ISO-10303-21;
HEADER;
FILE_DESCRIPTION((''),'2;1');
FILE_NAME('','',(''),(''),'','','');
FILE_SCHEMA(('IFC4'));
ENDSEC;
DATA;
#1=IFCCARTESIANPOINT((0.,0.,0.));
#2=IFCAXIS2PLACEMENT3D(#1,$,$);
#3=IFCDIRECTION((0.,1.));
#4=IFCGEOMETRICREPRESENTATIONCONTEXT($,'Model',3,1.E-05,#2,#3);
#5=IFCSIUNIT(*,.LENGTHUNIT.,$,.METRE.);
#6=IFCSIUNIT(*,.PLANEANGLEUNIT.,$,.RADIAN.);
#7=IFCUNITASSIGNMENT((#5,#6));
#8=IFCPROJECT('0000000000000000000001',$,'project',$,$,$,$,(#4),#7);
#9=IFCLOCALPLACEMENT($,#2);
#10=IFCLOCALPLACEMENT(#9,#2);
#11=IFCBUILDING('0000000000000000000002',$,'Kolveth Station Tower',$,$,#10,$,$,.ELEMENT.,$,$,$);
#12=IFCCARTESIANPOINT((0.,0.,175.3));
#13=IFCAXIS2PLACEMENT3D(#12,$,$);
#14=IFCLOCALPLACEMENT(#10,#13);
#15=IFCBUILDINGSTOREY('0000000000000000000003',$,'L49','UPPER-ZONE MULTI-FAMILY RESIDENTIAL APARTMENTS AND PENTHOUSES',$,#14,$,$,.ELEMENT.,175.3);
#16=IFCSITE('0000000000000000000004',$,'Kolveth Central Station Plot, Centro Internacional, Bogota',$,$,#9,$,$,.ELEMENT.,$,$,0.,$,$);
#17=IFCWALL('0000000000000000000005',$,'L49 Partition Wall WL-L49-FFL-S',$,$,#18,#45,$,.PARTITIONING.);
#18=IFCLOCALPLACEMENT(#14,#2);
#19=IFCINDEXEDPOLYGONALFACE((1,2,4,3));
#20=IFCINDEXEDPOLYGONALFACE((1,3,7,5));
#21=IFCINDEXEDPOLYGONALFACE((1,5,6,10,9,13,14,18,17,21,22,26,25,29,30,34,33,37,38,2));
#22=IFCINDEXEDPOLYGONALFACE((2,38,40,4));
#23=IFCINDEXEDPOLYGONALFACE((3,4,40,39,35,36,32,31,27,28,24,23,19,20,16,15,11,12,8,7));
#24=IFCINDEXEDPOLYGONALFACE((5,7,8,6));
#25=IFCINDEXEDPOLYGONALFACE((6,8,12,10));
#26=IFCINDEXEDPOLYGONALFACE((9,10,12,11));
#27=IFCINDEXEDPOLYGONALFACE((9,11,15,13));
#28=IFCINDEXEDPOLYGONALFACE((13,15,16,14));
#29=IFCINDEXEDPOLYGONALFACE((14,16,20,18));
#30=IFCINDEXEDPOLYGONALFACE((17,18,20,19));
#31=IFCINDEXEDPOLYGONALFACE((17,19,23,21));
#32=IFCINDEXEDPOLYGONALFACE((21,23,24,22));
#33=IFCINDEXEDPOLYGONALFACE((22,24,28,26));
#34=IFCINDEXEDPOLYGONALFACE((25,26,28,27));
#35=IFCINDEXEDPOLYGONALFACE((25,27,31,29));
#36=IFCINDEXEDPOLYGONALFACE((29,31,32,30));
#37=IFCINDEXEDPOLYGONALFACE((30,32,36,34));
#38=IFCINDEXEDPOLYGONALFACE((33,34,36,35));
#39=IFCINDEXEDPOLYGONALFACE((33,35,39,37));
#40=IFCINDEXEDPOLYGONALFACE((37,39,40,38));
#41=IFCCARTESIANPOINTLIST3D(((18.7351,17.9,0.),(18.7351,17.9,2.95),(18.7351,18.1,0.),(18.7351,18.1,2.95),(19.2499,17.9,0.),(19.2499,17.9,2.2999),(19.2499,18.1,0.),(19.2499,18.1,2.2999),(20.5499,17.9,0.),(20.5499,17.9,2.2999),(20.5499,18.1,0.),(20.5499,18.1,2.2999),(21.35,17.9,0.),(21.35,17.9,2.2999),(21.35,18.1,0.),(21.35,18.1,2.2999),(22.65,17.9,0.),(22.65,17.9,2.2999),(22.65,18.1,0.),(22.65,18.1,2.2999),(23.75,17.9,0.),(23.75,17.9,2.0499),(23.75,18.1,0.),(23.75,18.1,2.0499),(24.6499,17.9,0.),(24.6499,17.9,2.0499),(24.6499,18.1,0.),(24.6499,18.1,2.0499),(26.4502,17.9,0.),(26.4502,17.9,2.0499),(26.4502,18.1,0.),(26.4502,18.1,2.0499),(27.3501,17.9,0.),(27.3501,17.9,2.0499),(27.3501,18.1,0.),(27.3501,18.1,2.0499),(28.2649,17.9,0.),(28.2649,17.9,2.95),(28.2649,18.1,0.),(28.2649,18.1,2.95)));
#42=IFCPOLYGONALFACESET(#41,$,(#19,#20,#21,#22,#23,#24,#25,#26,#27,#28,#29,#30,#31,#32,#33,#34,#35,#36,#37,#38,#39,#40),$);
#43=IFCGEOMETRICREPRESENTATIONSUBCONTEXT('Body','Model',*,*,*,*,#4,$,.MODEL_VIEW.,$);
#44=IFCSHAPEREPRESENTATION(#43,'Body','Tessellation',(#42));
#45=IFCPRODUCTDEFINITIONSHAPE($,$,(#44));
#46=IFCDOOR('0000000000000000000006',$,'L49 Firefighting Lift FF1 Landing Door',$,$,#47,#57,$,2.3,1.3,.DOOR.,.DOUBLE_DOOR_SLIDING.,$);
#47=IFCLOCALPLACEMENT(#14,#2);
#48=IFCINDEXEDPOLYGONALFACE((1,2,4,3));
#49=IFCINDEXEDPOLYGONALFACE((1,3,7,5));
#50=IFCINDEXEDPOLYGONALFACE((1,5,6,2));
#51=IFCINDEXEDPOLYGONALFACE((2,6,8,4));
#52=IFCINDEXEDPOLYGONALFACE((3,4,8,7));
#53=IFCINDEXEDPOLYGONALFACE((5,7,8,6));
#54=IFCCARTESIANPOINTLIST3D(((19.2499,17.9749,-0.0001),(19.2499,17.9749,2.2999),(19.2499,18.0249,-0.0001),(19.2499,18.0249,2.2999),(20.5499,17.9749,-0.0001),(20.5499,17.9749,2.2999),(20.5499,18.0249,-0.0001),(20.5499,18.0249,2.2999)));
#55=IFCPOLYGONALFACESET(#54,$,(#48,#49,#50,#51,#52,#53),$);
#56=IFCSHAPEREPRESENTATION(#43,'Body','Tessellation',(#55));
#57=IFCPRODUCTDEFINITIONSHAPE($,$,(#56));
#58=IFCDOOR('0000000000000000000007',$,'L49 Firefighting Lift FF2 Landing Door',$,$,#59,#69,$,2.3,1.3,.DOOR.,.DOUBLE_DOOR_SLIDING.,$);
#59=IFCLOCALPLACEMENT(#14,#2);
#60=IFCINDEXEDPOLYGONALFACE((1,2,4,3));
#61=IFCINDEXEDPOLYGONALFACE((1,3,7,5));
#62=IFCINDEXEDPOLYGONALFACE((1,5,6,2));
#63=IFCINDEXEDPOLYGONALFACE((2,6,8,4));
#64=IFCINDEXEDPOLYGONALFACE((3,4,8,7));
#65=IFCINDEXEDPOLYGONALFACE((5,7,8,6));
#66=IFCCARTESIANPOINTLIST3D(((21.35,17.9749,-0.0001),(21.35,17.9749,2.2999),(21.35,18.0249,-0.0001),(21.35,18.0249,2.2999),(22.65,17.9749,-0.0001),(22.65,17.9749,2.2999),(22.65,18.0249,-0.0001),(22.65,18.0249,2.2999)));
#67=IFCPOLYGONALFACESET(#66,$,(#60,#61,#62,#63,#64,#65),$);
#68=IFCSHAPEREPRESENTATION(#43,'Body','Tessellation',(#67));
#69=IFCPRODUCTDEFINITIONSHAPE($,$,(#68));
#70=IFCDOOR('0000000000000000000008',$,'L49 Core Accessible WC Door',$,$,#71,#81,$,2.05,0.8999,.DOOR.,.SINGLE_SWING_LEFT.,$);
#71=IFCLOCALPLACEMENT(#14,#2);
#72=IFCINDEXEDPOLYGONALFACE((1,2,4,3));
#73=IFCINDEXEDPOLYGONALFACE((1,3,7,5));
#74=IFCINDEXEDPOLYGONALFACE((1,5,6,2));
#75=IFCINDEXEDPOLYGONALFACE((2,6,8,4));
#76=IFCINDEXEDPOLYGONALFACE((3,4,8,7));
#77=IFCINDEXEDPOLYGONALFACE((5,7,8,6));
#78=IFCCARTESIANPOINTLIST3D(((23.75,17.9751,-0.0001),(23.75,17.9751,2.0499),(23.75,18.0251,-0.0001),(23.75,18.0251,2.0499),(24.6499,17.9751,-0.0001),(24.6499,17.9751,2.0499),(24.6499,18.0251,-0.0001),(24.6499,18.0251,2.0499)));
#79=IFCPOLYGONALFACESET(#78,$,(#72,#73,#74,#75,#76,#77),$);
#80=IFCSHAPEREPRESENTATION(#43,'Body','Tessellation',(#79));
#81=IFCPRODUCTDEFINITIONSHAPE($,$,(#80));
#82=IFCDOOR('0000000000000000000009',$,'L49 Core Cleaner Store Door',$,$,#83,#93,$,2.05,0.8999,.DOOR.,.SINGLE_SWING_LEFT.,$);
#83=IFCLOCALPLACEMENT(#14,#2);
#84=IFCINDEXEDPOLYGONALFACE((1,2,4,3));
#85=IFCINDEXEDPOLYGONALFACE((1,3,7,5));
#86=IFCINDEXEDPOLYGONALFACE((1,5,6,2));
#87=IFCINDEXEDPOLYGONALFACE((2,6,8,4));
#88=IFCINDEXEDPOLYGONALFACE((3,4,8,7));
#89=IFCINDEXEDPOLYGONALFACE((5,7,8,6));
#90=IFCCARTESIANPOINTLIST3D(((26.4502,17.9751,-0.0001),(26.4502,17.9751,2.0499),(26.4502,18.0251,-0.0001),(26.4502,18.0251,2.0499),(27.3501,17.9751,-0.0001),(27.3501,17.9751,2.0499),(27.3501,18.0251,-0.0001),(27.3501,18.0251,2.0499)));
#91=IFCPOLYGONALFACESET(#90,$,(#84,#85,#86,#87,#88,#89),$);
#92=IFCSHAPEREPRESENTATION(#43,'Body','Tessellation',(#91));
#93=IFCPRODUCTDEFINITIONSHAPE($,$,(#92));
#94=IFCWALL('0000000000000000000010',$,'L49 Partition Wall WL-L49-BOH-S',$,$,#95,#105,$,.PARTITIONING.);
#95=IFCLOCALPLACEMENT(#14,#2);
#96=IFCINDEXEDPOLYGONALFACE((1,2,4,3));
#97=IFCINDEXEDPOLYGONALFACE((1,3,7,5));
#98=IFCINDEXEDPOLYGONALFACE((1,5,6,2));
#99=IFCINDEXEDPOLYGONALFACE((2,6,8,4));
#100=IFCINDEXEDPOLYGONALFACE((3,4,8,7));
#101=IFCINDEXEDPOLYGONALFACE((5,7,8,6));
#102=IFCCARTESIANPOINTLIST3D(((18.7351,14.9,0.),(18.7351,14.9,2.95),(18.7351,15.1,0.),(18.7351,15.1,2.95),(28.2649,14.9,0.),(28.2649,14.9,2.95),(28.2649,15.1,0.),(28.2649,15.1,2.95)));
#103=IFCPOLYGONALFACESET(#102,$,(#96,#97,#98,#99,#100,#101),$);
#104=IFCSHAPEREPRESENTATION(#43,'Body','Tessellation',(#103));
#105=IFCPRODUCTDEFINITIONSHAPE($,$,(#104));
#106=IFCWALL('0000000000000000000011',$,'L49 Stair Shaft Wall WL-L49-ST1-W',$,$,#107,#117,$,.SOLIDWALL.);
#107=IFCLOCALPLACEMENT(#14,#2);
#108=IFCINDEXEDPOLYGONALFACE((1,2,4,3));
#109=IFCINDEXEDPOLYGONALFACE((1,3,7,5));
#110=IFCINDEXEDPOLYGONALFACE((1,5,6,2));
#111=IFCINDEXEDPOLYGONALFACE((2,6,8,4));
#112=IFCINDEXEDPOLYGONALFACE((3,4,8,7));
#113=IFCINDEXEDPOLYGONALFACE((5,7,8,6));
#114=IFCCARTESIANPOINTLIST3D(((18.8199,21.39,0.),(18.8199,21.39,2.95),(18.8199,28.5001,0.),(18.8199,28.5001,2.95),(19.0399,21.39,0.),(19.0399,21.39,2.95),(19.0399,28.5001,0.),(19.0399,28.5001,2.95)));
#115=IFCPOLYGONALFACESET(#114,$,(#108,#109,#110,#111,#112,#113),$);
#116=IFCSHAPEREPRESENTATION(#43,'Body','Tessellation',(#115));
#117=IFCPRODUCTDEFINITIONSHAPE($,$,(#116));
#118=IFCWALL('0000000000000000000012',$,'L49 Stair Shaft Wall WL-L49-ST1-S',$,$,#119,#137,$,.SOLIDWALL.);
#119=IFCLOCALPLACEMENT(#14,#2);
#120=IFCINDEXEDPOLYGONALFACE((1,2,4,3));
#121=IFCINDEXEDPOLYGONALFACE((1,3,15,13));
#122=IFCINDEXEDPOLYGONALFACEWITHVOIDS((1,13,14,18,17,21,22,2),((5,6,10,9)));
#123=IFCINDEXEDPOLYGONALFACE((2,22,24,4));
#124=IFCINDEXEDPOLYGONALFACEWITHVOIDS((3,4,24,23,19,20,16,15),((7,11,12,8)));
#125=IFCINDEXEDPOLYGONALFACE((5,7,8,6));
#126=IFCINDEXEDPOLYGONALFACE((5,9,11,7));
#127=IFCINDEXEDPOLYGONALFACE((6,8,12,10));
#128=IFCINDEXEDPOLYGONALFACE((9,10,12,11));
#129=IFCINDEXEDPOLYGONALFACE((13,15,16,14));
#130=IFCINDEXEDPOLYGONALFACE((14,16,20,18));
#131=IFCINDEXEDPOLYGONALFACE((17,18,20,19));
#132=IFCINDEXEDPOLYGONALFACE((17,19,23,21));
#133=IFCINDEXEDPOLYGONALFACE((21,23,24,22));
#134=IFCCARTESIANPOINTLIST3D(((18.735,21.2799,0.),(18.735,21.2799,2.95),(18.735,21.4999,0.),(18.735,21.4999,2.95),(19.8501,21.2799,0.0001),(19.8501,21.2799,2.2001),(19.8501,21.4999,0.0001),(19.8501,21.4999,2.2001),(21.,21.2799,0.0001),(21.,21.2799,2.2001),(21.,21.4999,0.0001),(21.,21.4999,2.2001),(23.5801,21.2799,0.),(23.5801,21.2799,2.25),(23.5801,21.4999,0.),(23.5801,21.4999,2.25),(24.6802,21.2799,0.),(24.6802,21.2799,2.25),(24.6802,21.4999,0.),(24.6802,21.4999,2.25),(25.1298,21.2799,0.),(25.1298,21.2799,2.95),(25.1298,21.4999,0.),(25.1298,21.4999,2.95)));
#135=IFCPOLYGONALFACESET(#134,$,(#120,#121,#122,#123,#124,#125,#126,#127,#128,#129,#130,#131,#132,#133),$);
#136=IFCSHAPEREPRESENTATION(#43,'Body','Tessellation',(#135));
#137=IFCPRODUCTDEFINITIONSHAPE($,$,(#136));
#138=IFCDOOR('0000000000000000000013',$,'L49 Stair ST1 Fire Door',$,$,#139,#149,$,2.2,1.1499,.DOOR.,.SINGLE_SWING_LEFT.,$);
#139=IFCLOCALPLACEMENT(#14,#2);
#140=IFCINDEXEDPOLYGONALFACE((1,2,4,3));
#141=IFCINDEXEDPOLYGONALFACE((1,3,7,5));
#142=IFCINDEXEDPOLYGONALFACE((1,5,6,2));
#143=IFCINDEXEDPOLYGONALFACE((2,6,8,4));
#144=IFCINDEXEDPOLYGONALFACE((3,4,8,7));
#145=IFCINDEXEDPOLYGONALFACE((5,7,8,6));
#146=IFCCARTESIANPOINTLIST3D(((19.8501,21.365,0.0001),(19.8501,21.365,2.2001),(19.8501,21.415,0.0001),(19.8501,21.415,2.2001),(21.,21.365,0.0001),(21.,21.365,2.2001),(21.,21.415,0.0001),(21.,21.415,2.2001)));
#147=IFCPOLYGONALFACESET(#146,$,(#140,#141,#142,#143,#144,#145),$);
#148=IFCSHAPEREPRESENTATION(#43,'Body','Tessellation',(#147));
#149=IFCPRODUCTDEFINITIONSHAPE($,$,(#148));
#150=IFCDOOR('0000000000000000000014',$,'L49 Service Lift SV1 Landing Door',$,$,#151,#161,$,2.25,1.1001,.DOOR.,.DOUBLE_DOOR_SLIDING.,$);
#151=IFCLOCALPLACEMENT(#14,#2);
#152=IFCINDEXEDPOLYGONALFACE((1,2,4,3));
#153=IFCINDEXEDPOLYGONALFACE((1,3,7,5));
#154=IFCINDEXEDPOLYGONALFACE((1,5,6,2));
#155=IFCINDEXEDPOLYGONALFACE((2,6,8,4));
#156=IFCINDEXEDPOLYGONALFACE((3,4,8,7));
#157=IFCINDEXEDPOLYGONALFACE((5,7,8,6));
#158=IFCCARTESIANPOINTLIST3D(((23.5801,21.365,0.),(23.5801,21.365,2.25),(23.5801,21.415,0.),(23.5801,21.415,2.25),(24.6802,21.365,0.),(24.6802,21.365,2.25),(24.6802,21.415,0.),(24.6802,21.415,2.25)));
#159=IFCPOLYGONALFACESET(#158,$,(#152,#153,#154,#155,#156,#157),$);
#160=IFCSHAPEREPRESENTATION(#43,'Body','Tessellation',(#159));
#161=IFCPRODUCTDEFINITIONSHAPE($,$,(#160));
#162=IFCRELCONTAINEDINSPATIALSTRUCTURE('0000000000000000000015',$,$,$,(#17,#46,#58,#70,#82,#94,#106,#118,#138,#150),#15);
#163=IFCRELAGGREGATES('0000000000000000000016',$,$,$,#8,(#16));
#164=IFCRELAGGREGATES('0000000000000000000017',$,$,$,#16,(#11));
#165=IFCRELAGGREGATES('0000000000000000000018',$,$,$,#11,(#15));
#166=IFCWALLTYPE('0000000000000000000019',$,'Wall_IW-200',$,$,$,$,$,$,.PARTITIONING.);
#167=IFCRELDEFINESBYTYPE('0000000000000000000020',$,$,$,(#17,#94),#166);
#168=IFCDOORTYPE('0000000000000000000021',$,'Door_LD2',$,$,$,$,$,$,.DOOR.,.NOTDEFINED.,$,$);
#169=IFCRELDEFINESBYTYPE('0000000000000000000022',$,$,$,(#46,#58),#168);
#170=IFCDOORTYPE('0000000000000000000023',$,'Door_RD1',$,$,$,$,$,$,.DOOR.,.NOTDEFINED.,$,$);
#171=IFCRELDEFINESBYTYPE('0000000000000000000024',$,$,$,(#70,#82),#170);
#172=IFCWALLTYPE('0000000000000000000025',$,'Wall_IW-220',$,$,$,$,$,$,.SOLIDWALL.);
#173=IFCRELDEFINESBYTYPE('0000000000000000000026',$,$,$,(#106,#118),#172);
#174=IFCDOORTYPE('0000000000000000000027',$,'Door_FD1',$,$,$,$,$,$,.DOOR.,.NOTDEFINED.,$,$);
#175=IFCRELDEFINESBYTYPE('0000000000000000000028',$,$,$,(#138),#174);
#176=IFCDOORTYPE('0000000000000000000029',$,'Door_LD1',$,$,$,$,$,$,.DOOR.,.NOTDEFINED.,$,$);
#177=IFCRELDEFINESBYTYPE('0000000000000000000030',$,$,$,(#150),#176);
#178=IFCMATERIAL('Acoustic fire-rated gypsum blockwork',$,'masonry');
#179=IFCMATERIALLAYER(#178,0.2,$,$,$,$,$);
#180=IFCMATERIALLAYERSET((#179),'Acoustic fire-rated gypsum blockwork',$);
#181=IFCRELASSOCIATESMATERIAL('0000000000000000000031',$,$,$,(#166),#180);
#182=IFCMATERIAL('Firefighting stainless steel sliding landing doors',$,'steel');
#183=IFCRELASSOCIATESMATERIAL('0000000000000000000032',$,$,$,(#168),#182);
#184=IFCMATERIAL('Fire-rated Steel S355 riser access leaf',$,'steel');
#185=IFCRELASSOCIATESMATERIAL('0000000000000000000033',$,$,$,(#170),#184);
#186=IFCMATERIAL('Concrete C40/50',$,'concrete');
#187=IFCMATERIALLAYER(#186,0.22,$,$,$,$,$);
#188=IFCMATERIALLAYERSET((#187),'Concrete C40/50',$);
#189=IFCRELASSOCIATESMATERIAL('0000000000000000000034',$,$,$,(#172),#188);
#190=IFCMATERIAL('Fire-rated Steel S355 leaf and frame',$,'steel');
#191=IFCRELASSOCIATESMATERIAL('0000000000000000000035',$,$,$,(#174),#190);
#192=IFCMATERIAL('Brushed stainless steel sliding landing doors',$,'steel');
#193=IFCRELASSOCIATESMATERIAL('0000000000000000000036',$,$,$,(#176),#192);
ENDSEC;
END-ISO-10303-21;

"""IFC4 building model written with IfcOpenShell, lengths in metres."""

from ifc_helpers import new_model, si_unit, direction, frame, frame_2d, origin, place, context, subcontext, project, spatial, rectangle, extrude, material, layer, layer_set, type_object, element, fill, save


model = new_model("IFC4")

# Units and contexts
model_context = context("Model", 3, precision=1e-05, world=origin(), true_north=direction((0.0, 1.0)))
body_context = subcontext(model_context, "Body", "Model", "MODEL_VIEW")
ifc_project = project(units=[si_unit("LENGTHUNIT", "METRE"), si_unit("PLANEANGLEUNIT", "RADIAN")], contexts=[model_context])

# Site, building, storey
site_placement = place(None, origin())
site = spatial("IfcSite", under=ifc_project, at=site_placement, Name="Kolveth Central Station Plot, Centro Internacional, Bogota", CompositionType="ELEMENT", RefElevation=0.0)
building_placement = place(site_placement, origin())
building = spatial("IfcBuilding", under=site, at=building_placement, Name="Kolveth Station Tower", CompositionType="ELEMENT")
storey_placement = place(building_placement, frame((0.0, 0.0, 175.3)))
storey = spatial("IfcBuildingStorey", under=building, at=storey_placement, Name="L49", Description="UPPER-ZONE MULTI-FAMILY RESIDENTIAL APARTMENTS AND PENTHOUSES", CompositionType="ELEMENT", Elevation=175.3)

# Wall, openings, doors
ifc_material_1 = material(Name="Acoustic fire-rated gypsum blockwork", Category="masonry")
ifc_layer_1 = layer(ifc_material_1, 0.2)
ifc_layer_set_1 = layer_set([ifc_layer_1], Name="Acoustic fire-rated gypsum blockwork")
wall_type_1 = type_object("IfcWallType", Name="Wall_IW-200", PredefinedType="PARTITIONING", material=ifc_layer_set_1)
wall_1_placement = place(storey_placement, frame((18.7351, 18.0, 0.0), z_axis=(0.0, 0.0, 1.0), x_axis=(1.0, 0.0, 0.0)))
wall_1 = element("IfcWall", 1, at=wall_1_placement, inside=storey, type_object=wall_type_1, Name="L49 Partition Wall WL-L49-FFL-S", PredefinedType="PARTITIONING", context=body_context, shape_type="SweptSolid", body=[
    extrude(rectangle(XDim=9.5298, YDim=0.2, at=frame_2d((4.7649, 0.0))), origin(), (0.0, 0.0, 1.0), 2.95),
])
opening_1_placement = place(wall_1_placement, frame((0.5149, 0.0, 0.0)))
opening_1 = element("IfcOpeningElement", 2, at=opening_1_placement, cuts=wall_1, PredefinedType="OPENING", context=body_context, shape_type="SweptSolid", body=[
    extrude(rectangle(XDim=1.3, YDim=2.3, at=frame_2d((0.6499, 1.1499))), frame((0.0, 0.1099, 0.0), z_axis=(0.0, -1.0, 0.0), x_axis=(1.0, 0.0, 0.0)), (0.0, 0.0, 1.0), 0.22),
])
opening_2_placement = place(wall_1_placement, frame((2.615, 0.0, 0.0)))
opening_2 = element("IfcOpeningElement", 3, at=opening_2_placement, cuts=wall_1, PredefinedType="OPENING", context=body_context, shape_type="SweptSolid", body=[
    extrude(rectangle(XDim=1.3, YDim=2.3, at=frame_2d((0.6499, 1.1499))), frame((0.0, 0.1099, 0.0), z_axis=(0.0, -1.0, 0.0), x_axis=(1.0, 0.0, 0.0)), (0.0, 0.0, 1.0), 0.22),
])
opening_3_placement = place(wall_1_placement, frame((5.0149, 0.0, 0.0)))
opening_3 = element("IfcOpeningElement", 4, at=opening_3_placement, cuts=wall_1, PredefinedType="OPENING", context=body_context, shape_type="SweptSolid", body=[
    extrude(rectangle(XDim=0.8999, YDim=2.05, at=frame_2d((0.45, 1.0249))), frame((0.0, 0.1099, 0.0), z_axis=(0.0, -1.0, 0.0), x_axis=(1.0, 0.0, 0.0)), (0.0, 0.0, 1.0), 0.22),
])
opening_4_placement = place(wall_1_placement, frame((7.7151, 0.0, 0.0)))
opening_4 = element("IfcOpeningElement", 5, at=opening_4_placement, cuts=wall_1, PredefinedType="OPENING", context=body_context, shape_type="SweptSolid", body=[
    extrude(rectangle(XDim=0.8999, YDim=2.05, at=frame_2d((0.45, 1.0249))), frame((0.0, 0.1099, 0.0), z_axis=(0.0, -1.0, 0.0), x_axis=(1.0, 0.0, 0.0)), (0.0, 0.0, 1.0), 0.22),
])
ifc_material_2 = material(Name="Firefighting stainless steel sliding landing doors", Category="steel")
door_type_1 = type_object("IfcDoorType", Name="Door_LD2", OperationType="NOTDEFINED", PredefinedType="DOOR", material=ifc_material_2)
door_1_placement = place(opening_1_placement, origin())
door_1 = element("IfcDoor", 6, at=door_1_placement, inside=storey, type_object=door_type_1, Name="L49 Firefighting Lift FF1 Landing Door", OperationType="DOUBLE_DOOR_SLIDING", OverallHeight=2.3, OverallWidth=1.3, PredefinedType="DOOR", context=body_context, shape_type="SweptSolid", body=[
    extrude(rectangle(XDim=1.3, YDim=2.3, at=frame_2d((0.6499, 1.1499))), frame((0.0, 0.0249, 0.0), z_axis=(0.0, -1.0, 0.0), x_axis=(1.0, 0.0, 0.0)), (0.0, 0.0, 1.0), 0.05),
])
fill(opening_1, door_1)
door_2_placement = place(opening_2_placement, origin())
door_2 = element("IfcDoor", 7, at=door_2_placement, inside=storey, type_object=door_type_1, Name="L49 Firefighting Lift FF2 Landing Door", OperationType="DOUBLE_DOOR_SLIDING", OverallHeight=2.3, OverallWidth=1.3, PredefinedType="DOOR", context=body_context, shape_type="SweptSolid", body=[
    extrude(rectangle(XDim=1.3, YDim=2.3, at=frame_2d((0.6499, 1.1499))), frame((0.0, 0.0249, 0.0), z_axis=(0.0, -1.0, 0.0), x_axis=(1.0, 0.0, 0.0)), (0.0, 0.0, 1.0), 0.05),
])
fill(opening_2, door_2)
ifc_material_3 = material(Name="Fire-rated Steel S355 riser access leaf", Category="steel")
door_type_2 = type_object("IfcDoorType", Name="Door_RD1", OperationType="NOTDEFINED", PredefinedType="DOOR", material=ifc_material_3)
door_3_placement = place(opening_3_placement, frame((0.8999, 0.0, 0.0), z_axis=(0.0, 0.0, 1.0), x_axis=(-1.0, 0.0, 0.0)))
door_3 = element("IfcDoor", 8, at=door_3_placement, inside=storey, type_object=door_type_2, Name="L49 Core Accessible WC Door", OperationType="SINGLE_SWING_LEFT", OverallHeight=2.05, OverallWidth=0.8999, PredefinedType="DOOR", context=body_context, shape_type="SweptSolid", body=[
    extrude(rectangle(XDim=0.8999, YDim=2.05, at=frame_2d((0.45, 1.0249))), frame((0.0, 0.0249, 0.0), z_axis=(0.0, -1.0, 0.0), x_axis=(1.0, 0.0, 0.0)), (0.0, 0.0, 1.0), 0.05),
])
fill(opening_3, door_3)
door_4_placement = place(opening_4_placement, frame((0.8999, 0.0, 0.0), z_axis=(0.0, 0.0, 1.0), x_axis=(-1.0, 0.0, 0.0)))
door_4 = element("IfcDoor", 9, at=door_4_placement, inside=storey, type_object=door_type_2, Name="L49 Core Cleaner Store Door", OperationType="SINGLE_SWING_LEFT", OverallHeight=2.05, OverallWidth=0.8999, PredefinedType="DOOR", context=body_context, shape_type="SweptSolid", body=[
    extrude(rectangle(XDim=0.8999, YDim=2.05, at=frame_2d((0.45, 1.0249))), frame((0.0, 0.0249, 0.0), z_axis=(0.0, -1.0, 0.0), x_axis=(1.0, 0.0, 0.0)), (0.0, 0.0, 1.0), 0.05),
])
fill(opening_4, door_4)

# Walls
wall_2_placement = place(storey_placement, frame((18.7351, 15.0, 0.0), z_axis=(0.0, 0.0, 1.0), x_axis=(1.0, 0.0, 0.0)))
element("IfcWall", 10, at=wall_2_placement, inside=storey, type_object=wall_type_1, Name="L49 Partition Wall WL-L49-BOH-S", PredefinedType="PARTITIONING", context=body_context, shape_type="SweptSolid", body=[
    extrude(rectangle(XDim=9.5298, YDim=0.2, at=frame_2d((4.7649, 0.0))), origin(), (0.0, 0.0, 1.0), 2.95),
])
ifc_material_4 = material(Name="Concrete C40/50", Category="concrete")
ifc_layer_2 = layer(ifc_material_4, 0.22)
ifc_layer_set_2 = layer_set([ifc_layer_2], Name="Concrete C40/50")
wall_type_2 = type_object("IfcWallType", Name="Wall_IW-220", PredefinedType="SOLIDWALL", material=ifc_layer_set_2)
wall_3_placement = place(storey_placement, frame((18.9299, 21.3899, 0.0), z_axis=(0.0, 0.0, 1.0), x_axis=(0.0, 1.0, 0.0)))
element("IfcWall", 11, at=wall_3_placement, inside=storey, type_object=wall_type_2, Name="L49 Stair Shaft Wall WL-L49-ST1-W", PredefinedType="SOLIDWALL", context=body_context, shape_type="SweptSolid", body=[
    extrude(rectangle(XDim=7.1101, YDim=0.22, at=frame_2d((3.5552, 0.0))), origin(), (0.0, 0.0, 1.0), 2.95),
])

# Wall, openings, doors
wall_4_placement = place(storey_placement, frame((18.7351, 21.3899, 0.0), z_axis=(0.0, 0.0, 1.0), x_axis=(1.0, 0.0, 0.0)))
wall_4 = element("IfcWall", 12, at=wall_4_placement, inside=storey, type_object=wall_type_2, Name="L49 Stair Shaft Wall WL-L49-ST1-S", PredefinedType="SOLIDWALL", context=body_context, shape_type="SweptSolid", body=[
    extrude(rectangle(XDim=6.3948, YDim=0.22, at=frame_2d((3.1973, 0.0))), origin(), (0.0, 0.0, 1.0), 2.95),
])
opening_5_placement = place(wall_4_placement, frame((1.115, 0.0, 0.0)))
opening_5 = element("IfcOpeningElement", 13, at=opening_5_placement, cuts=wall_4, PredefinedType="OPENING", context=body_context, shape_type="SweptSolid", body=[
    extrude(rectangle(XDim=1.1499, YDim=2.2, at=frame_2d((0.575, 1.1001))), frame((0.0, 0.1199, 0.0), z_axis=(0.0, -1.0, 0.0), x_axis=(1.0, 0.0, 0.0)), (0.0, 0.0, 1.0), 0.24),
])
opening_6_placement = place(wall_4_placement, frame((4.845, 0.0, 0.0)))
opening_6 = element("IfcOpeningElement", 14, at=opening_6_placement, cuts=wall_4, PredefinedType="OPENING", context=body_context, shape_type="SweptSolid", body=[
    extrude(rectangle(XDim=1.1001, YDim=2.25, at=frame_2d((0.55, 1.125))), frame((0.0, 0.1199, 0.0), z_axis=(0.0, -1.0, 0.0), x_axis=(1.0, 0.0, 0.0)), (0.0, 0.0, 1.0), 0.24),
])
ifc_material_5 = material(Name="Fire-rated Steel S355 leaf and frame", Category="steel")
door_type_3 = type_object("IfcDoorType", Name="Door_FD1", OperationType="NOTDEFINED", PredefinedType="DOOR", material=ifc_material_5)
door_5_placement = place(opening_5_placement, frame((1.1499, 0.0, 0.0), z_axis=(0.0, 0.0, 1.0), x_axis=(-1.0, 0.0, 0.0)))
door_5 = element("IfcDoor", 15, at=door_5_placement, inside=storey, type_object=door_type_3, Name="L49 Stair ST1 Fire Door", OperationType="SINGLE_SWING_LEFT", OverallHeight=2.2, OverallWidth=1.1499, PredefinedType="DOOR", context=body_context, shape_type="SweptSolid", body=[
    extrude(rectangle(XDim=1.1499, YDim=2.2, at=frame_2d((0.575, 1.1001))), frame((0.0, 0.0249, 0.0), z_axis=(0.0, -1.0, 0.0), x_axis=(1.0, 0.0, 0.0)), (0.0, 0.0, 1.0), 0.05),
])
fill(opening_5, door_5)
ifc_material_6 = material(Name="Brushed stainless steel sliding landing doors", Category="steel")
door_type_4 = type_object("IfcDoorType", Name="Door_LD1", OperationType="NOTDEFINED", PredefinedType="DOOR", material=ifc_material_6)
door_6_placement = place(opening_6_placement, frame((1.1001, 0.0, 0.0), z_axis=(0.0, 0.0, 1.0), x_axis=(-1.0, 0.0, 0.0)))
door_6 = element("IfcDoor", 16, at=door_6_placement, inside=storey, type_object=door_type_4, Name="L49 Service Lift SV1 Landing Door", OperationType="DOUBLE_DOOR_SLIDING", OverallHeight=2.25, OverallWidth=1.1001, PredefinedType="DOOR", context=body_context, shape_type="SweptSolid", body=[
    extrude(rectangle(XDim=1.1001, YDim=2.25, at=frame_2d((0.55, 1.125))), frame((0.0, 0.0249, 0.0), z_axis=(0.0, -1.0, 0.0), x_axis=(1.0, 0.0, 0.0)), (0.0, 0.0, 1.0), 0.05),
])
fill(opening_6, door_6)

save(model, "model.ifc")
